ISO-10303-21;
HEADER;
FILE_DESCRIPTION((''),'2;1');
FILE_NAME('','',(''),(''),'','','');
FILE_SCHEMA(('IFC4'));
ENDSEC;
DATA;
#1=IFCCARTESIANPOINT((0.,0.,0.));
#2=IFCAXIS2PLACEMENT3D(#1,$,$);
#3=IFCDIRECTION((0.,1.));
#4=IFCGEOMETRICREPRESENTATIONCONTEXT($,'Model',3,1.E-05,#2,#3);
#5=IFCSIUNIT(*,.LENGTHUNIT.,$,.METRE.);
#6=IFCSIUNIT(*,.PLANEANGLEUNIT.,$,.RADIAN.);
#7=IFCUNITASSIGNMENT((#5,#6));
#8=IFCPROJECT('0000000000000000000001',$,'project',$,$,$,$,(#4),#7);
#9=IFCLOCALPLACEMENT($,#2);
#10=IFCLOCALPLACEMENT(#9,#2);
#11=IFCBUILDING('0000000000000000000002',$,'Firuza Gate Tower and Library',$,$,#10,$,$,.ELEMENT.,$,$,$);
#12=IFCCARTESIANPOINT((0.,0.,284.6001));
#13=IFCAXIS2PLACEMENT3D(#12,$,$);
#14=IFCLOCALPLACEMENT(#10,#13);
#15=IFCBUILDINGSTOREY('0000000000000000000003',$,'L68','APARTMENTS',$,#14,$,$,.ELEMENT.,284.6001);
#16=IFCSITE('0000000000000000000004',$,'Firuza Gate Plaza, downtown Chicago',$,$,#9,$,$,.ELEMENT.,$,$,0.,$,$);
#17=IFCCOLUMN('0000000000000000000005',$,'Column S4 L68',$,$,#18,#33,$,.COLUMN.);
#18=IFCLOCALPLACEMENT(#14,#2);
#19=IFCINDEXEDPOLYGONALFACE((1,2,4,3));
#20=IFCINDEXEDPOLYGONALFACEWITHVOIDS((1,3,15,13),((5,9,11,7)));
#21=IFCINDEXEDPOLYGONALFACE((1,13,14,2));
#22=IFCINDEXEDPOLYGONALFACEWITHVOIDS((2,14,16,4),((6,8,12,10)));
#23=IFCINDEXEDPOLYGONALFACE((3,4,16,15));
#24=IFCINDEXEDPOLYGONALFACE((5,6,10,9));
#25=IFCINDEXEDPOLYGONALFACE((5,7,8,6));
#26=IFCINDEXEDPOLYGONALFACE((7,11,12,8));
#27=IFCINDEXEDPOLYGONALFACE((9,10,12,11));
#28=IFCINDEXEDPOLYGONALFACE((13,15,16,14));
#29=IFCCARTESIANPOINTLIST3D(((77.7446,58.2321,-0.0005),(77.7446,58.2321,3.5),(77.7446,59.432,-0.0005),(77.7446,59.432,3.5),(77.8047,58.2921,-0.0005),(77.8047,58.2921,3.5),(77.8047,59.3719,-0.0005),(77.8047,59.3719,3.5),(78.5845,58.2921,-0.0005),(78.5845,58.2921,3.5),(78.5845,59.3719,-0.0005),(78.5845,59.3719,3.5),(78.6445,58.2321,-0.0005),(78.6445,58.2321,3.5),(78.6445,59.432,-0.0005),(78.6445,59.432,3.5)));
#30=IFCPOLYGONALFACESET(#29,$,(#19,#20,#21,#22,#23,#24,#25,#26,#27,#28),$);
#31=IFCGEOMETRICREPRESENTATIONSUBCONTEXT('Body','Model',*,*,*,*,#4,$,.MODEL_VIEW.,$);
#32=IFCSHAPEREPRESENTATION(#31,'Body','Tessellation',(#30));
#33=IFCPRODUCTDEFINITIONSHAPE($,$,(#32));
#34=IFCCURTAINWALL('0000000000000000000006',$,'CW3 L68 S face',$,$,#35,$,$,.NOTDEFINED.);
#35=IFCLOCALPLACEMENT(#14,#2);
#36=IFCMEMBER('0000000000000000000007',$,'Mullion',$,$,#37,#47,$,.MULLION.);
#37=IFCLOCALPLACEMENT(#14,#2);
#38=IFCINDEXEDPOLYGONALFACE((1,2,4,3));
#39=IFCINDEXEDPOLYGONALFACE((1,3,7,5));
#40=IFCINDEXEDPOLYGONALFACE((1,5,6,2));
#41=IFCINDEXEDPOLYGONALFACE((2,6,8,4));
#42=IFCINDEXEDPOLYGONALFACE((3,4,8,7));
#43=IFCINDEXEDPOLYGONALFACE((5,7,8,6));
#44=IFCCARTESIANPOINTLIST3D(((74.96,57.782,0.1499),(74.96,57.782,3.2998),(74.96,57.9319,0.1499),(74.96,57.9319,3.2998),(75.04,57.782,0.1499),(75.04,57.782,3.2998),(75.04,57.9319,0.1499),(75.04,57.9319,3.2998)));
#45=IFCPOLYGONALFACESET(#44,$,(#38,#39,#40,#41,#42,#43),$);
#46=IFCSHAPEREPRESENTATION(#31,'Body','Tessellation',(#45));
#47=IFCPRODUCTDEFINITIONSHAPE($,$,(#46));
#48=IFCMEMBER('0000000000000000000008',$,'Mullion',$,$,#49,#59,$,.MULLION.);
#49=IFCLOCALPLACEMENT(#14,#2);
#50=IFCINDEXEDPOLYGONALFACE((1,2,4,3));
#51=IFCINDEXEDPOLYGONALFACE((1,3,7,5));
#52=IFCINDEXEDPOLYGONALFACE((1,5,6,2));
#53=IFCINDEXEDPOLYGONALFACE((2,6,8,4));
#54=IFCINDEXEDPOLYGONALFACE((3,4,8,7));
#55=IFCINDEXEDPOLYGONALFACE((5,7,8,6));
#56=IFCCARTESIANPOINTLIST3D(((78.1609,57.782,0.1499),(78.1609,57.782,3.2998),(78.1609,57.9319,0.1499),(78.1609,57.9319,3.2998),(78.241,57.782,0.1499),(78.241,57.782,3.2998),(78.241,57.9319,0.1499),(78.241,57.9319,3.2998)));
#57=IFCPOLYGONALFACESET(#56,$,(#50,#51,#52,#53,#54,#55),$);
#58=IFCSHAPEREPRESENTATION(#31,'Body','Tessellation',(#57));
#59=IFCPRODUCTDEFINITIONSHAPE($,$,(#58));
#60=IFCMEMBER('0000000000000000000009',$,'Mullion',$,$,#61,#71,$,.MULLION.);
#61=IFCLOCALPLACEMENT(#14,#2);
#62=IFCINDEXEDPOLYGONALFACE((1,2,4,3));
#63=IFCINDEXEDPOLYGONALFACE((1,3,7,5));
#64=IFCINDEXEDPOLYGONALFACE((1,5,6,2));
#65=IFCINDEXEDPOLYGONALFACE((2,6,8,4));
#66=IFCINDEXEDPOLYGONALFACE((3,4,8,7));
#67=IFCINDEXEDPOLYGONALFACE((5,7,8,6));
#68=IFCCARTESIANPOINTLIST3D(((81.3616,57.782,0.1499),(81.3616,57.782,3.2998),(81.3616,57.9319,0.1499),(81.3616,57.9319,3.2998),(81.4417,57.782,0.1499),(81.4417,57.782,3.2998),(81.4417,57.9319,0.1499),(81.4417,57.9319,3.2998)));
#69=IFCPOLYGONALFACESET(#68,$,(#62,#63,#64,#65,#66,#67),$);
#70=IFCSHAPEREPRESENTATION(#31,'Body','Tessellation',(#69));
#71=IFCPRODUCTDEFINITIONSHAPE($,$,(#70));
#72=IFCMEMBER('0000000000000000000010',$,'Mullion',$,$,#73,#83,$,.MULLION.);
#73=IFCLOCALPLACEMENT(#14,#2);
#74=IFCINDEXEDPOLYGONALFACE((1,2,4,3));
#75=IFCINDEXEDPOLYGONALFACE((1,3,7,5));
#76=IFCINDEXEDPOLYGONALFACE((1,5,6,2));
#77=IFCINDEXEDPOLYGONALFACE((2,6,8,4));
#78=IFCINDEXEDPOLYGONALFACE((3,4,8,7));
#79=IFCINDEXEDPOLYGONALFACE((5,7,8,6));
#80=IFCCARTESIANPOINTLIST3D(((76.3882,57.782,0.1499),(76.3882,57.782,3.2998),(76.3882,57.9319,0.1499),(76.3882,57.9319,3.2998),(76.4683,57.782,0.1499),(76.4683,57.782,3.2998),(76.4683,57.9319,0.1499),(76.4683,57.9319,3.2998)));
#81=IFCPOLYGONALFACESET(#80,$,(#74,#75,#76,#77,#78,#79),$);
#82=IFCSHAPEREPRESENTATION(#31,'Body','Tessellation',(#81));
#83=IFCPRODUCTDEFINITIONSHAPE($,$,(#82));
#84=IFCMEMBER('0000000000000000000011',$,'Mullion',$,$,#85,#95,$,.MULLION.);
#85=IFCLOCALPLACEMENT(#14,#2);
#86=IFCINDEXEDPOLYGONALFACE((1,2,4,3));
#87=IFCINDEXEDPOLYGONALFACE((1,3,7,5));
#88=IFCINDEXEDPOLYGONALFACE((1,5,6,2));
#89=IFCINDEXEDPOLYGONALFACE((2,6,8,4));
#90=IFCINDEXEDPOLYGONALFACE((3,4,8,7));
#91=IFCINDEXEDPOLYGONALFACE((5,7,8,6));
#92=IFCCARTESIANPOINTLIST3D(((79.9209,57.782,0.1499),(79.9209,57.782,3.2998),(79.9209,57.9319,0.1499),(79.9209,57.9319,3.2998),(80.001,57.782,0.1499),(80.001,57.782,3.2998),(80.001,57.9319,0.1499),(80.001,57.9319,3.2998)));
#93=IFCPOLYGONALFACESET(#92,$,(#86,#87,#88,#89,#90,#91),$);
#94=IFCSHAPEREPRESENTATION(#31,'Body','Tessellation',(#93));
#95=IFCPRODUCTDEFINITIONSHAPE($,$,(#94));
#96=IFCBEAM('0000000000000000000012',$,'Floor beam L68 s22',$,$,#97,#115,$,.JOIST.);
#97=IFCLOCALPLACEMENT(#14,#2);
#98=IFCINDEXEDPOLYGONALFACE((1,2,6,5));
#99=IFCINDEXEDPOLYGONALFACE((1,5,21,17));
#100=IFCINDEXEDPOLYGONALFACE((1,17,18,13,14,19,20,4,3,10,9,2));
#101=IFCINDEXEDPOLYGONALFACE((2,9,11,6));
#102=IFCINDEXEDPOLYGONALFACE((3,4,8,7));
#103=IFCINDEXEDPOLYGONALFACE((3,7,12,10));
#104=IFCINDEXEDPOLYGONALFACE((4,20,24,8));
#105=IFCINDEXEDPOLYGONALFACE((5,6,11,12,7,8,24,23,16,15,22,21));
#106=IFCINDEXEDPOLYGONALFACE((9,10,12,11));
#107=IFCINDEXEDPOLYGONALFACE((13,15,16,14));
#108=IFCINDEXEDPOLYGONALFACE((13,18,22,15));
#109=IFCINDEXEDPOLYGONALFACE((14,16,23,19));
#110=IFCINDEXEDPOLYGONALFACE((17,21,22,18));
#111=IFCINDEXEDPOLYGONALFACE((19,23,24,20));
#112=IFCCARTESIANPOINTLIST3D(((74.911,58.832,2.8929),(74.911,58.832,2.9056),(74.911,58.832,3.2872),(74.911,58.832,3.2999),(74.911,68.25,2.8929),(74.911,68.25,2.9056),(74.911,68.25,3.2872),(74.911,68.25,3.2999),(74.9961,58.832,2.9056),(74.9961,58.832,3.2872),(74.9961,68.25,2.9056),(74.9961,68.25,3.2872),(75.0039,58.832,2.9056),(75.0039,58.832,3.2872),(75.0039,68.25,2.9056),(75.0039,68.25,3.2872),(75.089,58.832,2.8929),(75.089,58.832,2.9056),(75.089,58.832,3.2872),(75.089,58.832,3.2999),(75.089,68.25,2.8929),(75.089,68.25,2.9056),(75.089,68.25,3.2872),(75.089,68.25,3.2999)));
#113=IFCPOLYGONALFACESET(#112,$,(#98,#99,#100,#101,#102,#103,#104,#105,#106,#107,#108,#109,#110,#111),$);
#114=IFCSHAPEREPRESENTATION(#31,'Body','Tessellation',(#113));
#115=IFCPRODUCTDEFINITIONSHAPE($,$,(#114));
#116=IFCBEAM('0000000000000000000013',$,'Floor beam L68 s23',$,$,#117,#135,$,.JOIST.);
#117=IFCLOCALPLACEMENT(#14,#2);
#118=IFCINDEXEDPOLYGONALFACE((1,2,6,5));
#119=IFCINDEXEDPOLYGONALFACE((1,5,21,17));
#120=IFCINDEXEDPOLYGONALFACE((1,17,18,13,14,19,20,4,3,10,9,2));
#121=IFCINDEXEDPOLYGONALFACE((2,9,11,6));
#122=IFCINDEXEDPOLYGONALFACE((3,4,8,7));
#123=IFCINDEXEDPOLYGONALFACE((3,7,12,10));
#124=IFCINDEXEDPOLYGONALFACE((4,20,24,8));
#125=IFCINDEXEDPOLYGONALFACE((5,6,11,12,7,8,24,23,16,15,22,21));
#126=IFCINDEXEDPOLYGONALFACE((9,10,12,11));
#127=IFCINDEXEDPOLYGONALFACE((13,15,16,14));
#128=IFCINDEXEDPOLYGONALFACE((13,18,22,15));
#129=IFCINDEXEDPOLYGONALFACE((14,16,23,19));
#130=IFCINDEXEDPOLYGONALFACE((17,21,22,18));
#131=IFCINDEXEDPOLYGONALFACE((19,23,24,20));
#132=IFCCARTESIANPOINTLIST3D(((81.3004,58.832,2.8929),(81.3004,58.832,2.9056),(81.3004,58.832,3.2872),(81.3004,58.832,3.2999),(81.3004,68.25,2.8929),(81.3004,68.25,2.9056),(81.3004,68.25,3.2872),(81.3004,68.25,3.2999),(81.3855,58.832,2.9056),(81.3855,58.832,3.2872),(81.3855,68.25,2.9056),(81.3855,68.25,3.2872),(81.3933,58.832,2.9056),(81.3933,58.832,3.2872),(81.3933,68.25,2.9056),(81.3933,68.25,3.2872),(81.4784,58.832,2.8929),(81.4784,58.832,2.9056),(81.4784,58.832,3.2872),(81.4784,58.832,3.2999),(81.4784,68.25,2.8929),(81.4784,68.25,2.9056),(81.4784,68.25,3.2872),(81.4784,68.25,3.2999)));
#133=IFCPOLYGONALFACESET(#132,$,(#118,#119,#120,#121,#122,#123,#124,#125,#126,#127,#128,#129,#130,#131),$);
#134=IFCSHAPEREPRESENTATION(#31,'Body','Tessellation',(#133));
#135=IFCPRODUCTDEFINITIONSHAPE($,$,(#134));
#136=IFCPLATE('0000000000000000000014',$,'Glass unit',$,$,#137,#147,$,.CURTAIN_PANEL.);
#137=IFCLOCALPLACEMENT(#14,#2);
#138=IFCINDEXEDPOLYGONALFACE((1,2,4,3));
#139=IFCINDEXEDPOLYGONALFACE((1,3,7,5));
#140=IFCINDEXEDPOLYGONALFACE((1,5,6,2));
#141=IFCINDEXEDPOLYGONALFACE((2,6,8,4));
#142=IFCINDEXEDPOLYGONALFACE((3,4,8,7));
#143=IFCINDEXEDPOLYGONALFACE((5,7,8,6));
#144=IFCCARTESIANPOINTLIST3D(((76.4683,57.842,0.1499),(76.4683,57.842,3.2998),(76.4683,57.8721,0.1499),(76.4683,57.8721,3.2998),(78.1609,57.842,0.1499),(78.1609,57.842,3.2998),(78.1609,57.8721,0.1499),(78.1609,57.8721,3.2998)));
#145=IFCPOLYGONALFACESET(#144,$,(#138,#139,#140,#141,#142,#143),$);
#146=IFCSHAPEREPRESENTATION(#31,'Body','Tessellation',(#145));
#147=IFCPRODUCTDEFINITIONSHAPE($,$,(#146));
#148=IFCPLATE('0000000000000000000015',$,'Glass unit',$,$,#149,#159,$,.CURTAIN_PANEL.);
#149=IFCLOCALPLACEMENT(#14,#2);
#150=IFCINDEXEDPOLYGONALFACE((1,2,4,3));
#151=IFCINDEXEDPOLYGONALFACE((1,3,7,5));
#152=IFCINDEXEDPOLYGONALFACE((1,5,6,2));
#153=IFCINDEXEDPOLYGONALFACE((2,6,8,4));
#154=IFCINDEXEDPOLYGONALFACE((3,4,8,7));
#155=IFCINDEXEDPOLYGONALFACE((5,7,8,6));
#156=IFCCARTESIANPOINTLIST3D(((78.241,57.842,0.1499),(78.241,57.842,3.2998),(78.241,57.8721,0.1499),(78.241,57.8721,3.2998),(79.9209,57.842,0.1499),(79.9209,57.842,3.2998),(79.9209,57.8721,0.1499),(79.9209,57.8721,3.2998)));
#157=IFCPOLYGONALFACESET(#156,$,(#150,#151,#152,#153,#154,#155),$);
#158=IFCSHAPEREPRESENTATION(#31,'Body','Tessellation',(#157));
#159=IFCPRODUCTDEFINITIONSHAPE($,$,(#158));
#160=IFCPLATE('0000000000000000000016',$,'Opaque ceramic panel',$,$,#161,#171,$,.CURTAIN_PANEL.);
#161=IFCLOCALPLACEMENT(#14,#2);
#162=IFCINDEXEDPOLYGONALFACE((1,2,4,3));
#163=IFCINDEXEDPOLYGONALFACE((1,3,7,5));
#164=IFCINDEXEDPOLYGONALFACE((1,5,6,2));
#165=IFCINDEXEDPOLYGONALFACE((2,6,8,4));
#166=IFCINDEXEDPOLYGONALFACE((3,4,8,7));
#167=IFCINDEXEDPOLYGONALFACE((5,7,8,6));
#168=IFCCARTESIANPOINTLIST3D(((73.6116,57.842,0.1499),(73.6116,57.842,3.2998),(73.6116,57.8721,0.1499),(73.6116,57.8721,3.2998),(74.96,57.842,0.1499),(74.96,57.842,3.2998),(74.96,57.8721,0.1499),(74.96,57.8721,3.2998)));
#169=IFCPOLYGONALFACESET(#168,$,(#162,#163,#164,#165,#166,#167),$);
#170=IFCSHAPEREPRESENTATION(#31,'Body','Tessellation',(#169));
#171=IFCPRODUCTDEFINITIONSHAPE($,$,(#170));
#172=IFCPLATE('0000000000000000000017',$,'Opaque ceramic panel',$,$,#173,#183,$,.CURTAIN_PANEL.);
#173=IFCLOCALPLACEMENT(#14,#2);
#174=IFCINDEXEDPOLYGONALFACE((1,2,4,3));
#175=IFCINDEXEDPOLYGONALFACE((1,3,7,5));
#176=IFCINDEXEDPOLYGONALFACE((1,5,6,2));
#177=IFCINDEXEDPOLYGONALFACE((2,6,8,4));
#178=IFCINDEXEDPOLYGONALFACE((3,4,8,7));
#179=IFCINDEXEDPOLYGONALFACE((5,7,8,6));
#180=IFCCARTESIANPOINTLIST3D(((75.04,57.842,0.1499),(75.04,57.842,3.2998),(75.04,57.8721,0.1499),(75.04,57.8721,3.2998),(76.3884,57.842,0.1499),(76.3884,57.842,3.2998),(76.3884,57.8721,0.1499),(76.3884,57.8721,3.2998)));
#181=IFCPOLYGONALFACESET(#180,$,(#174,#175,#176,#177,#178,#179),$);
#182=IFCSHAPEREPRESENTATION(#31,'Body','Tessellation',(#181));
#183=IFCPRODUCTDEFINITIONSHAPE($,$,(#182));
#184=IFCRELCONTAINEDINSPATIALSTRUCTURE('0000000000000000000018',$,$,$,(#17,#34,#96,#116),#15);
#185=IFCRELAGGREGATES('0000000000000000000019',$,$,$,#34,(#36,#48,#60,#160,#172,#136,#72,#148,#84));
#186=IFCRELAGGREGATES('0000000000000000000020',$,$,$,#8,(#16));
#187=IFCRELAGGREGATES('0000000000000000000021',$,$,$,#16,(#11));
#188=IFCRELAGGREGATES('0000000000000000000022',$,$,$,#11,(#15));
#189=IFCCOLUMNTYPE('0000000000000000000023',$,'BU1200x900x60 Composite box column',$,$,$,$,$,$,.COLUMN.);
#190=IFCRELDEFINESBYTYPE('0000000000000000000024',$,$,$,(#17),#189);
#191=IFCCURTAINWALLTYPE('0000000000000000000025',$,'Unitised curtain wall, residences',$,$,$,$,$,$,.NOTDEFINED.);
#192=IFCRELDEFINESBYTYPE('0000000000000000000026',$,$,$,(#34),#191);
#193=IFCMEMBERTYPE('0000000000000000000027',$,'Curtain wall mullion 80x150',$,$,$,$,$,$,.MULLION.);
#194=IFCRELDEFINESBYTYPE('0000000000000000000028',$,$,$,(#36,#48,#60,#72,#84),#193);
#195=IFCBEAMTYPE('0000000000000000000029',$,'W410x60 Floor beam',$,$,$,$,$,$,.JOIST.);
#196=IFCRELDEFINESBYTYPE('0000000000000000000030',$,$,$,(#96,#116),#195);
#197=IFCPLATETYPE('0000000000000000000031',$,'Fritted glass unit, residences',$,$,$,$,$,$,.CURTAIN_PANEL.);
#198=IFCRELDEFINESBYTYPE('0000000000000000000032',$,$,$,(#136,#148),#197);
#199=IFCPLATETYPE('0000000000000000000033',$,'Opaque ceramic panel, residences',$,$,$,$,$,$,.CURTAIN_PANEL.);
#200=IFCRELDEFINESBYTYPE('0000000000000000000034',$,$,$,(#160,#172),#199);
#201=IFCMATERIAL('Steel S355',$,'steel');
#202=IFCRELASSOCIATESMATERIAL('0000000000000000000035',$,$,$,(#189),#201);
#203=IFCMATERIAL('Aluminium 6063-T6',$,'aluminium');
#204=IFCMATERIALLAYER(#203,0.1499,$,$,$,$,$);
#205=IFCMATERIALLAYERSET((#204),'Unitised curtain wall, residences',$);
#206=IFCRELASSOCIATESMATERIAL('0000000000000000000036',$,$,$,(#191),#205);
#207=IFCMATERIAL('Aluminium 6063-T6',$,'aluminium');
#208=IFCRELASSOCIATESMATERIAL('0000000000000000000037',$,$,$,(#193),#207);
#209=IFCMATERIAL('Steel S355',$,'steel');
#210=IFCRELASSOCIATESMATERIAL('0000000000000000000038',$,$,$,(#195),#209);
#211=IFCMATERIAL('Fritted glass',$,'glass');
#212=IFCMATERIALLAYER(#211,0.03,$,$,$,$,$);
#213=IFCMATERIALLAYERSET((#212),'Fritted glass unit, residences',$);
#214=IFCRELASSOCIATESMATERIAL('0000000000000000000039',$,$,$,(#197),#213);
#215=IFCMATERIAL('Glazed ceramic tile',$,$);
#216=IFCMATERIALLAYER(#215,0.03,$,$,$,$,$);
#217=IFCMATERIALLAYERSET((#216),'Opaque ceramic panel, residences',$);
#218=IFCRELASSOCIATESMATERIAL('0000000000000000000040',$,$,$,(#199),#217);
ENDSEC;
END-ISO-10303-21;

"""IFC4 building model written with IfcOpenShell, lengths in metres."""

from ifc_helpers import new_model, si_unit, direction, frame, origin, origin_2d, place, context, subcontext, project, spatial, polyline, rectangle, hollow_rectangle, i_section, outline, extrude, material, layer, layer_set, material_profile, profile_set, type_object, element, aggregate, save


model = new_model("IFC4")

# Units and contexts
model_context = context("Model", 3, precision=1e-05, world=origin(), true_north=direction((0.0, 1.0)))
body_context = subcontext(model_context, "Body", "Model", "MODEL_VIEW")
ifc_project = project(units=[si_unit("LENGTHUNIT", "METRE"), si_unit("PLANEANGLEUNIT", "RADIAN")], contexts=[model_context])

# Site, building, storey
site_placement = place(None, origin())
site = spatial("IfcSite", under=ifc_project, at=site_placement, Name="Firuza Gate Plaza, downtown Chicago", CompositionType="ELEMENT", RefElevation=0.0)
building_placement = place(site_placement, origin())
building = spatial("IfcBuilding", under=site, at=building_placement, Name="Firuza Gate Tower and Library", CompositionType="ELEMENT")
storey_placement = place(building_placement, frame((0.0, 0.0, 284.6001)))
storey = spatial("IfcBuildingStorey", under=building, at=storey_placement, Name="L68", Description="APARTMENTS", CompositionType="ELEMENT", Elevation=284.6001)

# Column
ifc_material_1 = material(Name="Steel S355", Category="steel")
ifc_material_profile_1 = material_profile(ifc_material_1, hollow_rectangle(XDim=0.8999, YDim=1.2, WallThickness=0.0601, at=origin_2d()))
ifc_profile_set_1 = profile_set([ifc_material_profile_1], Name="Steel S355")
column_type = type_object("IfcColumnType", Name="BU1200x900x60 Composite box column", PredefinedType="COLUMN", material=ifc_profile_set_1)
column_placement = place(storey_placement, frame((78.1946, 58.832, -0.0005), z_axis=(0.0, 0.0, 1.0), x_axis=(1.0, 0.0, 0.0)))
element("IfcColumn", 1, at=column_placement, inside=storey, type_object=column_type, Name="Column S4 L68", PredefinedType="COLUMN", context=body_context, shape_type="SweptSolid", body=[
    extrude(hollow_rectangle(XDim=0.8999, YDim=1.2, WallThickness=0.0601, at=origin_2d()), origin(), (0.0, 0.0, 1.0), 3.5005),
])

# Curtain wall, members
ifc_material_2 = material(Name="Aluminium 6063-T6", Category="aluminium")
ifc_layer_1 = layer(ifc_material_2, 0.1499)
ifc_layer_set_1 = layer_set([ifc_layer_1], Name="Unitised curtain wall, residences")
curtain_wall_type = type_object("IfcCurtainWallType", Name="Unitised curtain wall, residences", PredefinedType="NOTDEFINED", material=ifc_layer_set_1)
curtain_wall_placement = place(storey_placement, origin())
curtain_wall = element("IfcCurtainWall", 2, at=curtain_wall_placement, inside=storey, type_object=curtain_wall_type, Name="CW3 L68 S face", PredefinedType="NOTDEFINED")
ifc_material_3 = material(Name="Aluminium 6063-T6", Category="aluminium")
ifc_material_profile_2 = material_profile(ifc_material_3, rectangle(XDim=0.1499, YDim=0.0801, at=origin_2d()))
ifc_profile_set_2 = profile_set([ifc_material_profile_2], Name="Aluminium 6063-T6")
member_type = type_object("IfcMemberType", Name="Curtain wall mullion 80x150", PredefinedType="MULLION", material=ifc_profile_set_2)
member_1_placement = place(storey_placement, frame((75.0, 57.8569, 0.1499), z_axis=(0.0, 0.0, 1.0), x_axis=(0.0, 1.0, 0.0)))
member_1 = element("IfcMember", 3, at=member_1_placement, type_object=member_type, Name="Mullion", PredefinedType="MULLION", context=body_context, shape_type="SweptSolid", body=[
    extrude(rectangle(XDim=0.1499, YDim=0.0801, at=origin_2d()), origin(), (0.0, 0.0, 1.0), 3.1499),
])
member_2_placement = place(storey_placement, frame((78.2009, 57.8569, 0.1499), z_axis=(0.0, 0.0, 1.0), x_axis=(0.0, 1.0, 0.0)))
member_2 = element("IfcMember", 4, at=member_2_placement, type_object=member_type, Name="Mullion", PredefinedType="MULLION", context=body_context, shape_type="SweptSolid", body=[
    extrude(rectangle(XDim=0.1499, YDim=0.0801, at=origin_2d()), origin(), (0.0, 0.0, 1.0), 3.1499),
])
member_3_placement = place(storey_placement, frame((81.4016, 57.8569, 0.1499), z_axis=(0.0, 0.0, 1.0), x_axis=(0.0, 1.0, 0.0)))
member_3 = element("IfcMember", 5, at=member_3_placement, type_object=member_type, Name="Mullion", PredefinedType="MULLION", context=body_context, shape_type="SweptSolid", body=[
    extrude(rectangle(XDim=0.1499, YDim=0.0801, at=origin_2d()), origin(), (0.0, 0.0, 1.0), 3.1499),
])
member_4_placement = place(storey_placement, frame((76.4282, 57.8569, 0.1499), z_axis=(0.0, 0.0, 1.0), x_axis=(0.0, 1.0, 0.0)))
member_4 = element("IfcMember", 6, at=member_4_placement, type_object=member_type, Name="Mullion", PredefinedType="MULLION", context=body_context, shape_type="SweptSolid", body=[
    extrude(rectangle(XDim=0.1499, YDim=0.0801, at=origin_2d()), origin(), (0.0, 0.0, 1.0), 3.1499),
])
member_5_placement = place(storey_placement, frame((79.9609, 57.8569, 0.1499), z_axis=(0.0, 0.0, 1.0), x_axis=(0.0, 1.0, 0.0)))
member_5 = element("IfcMember", 7, at=member_5_placement, type_object=member_type, Name="Mullion", PredefinedType="MULLION", context=body_context, shape_type="SweptSolid", body=[
    extrude(rectangle(XDim=0.1499, YDim=0.0801, at=origin_2d()), origin(), (0.0, 0.0, 1.0), 3.1499),
])

# Beams
ifc_material_4 = material(Name="Steel S355", Category="steel")
ifc_material_profile_3 = material_profile(ifc_material_4, i_section(OverallWidth=0.178, OverallDepth=0.407, WebThickness=0.0078, FlangeThickness=0.0127, at=origin_2d()))
ifc_profile_set_3 = profile_set([ifc_material_profile_3], Name="Steel S355")
beam_type = type_object("IfcBeamType", Name="W410x60 Floor beam", PredefinedType="JOIST", material=ifc_profile_set_3)
for number, where, z_axis, x_axis, name in (
    (8, (75.0, 58.832, 3.0964), (0.0, 1.0, 0.0), (-1.0, 0.0, 0.0), "Floor beam L68 s22"),
    (9, (81.3894, 58.832, 3.0964), (0.0, 1.0, 0.0), (-1.0, 0.0, 0.0), "Floor beam L68 s23"),
):
    element("IfcBeam", number, at=place(storey_placement, frame(where, z_axis=z_axis, x_axis=x_axis)), inside=storey, type_object=beam_type, Name=name, PredefinedType="JOIST", context=body_context, shape_type="SweptSolid", body=[
        extrude(i_section(OverallWidth=0.178, OverallDepth=0.407, WebThickness=0.0078, FlangeThickness=0.0127, at=origin_2d()), origin(), (0.0, 0.0, 1.0), 9.418),
    ])

# Plates
ifc_material_5 = material(Name="Fritted glass", Category="glass")
ifc_layer_2 = layer(ifc_material_5, 0.03)
ifc_layer_set_2 = layer_set([ifc_layer_2], Name="Fritted glass unit, residences")
plate_type_1 = type_object("IfcPlateType", Name="Fritted glass unit, residences", PredefinedType="CURTAIN_PANEL", material=ifc_layer_set_2)
plate_1_placement = place(storey_placement, frame((76.4683, 57.842, 0.1499), z_axis=(0.0, -1.0, 0.0), x_axis=(1.0, 0.0, 0.0)))
plate_1 = element("IfcPlate", 10, at=plate_1_placement, type_object=plate_type_1, Name="Glass unit", PredefinedType="CURTAIN_PANEL", context=body_context, shape_type="SweptSolid", body=[
    extrude(outline(polyline([(0.0, 0.0), (1.6926, 0.0), (1.6926, 3.1499), (0.0, 3.1499), (0.0, 0.0)])), origin(), (0.0, 0.0, -1.0), 0.03),
])
plate_2_placement = place(storey_placement, frame((78.241, 57.842, 0.1499), z_axis=(0.0, -1.0, 0.0), x_axis=(1.0, 0.0, 0.0)))
plate_2 = element("IfcPlate", 11, at=plate_2_placement, type_object=plate_type_1, Name="Glass unit", PredefinedType="CURTAIN_PANEL", context=body_context, shape_type="SweptSolid", body=[
    extrude(outline(polyline([(0.0, 0.0), (1.6799, 0.0), (1.6799, 3.1499), (0.0, 3.1499), (0.0, 0.0)])), origin(), (0.0, 0.0, -1.0), 0.03),
])
ifc_material_6 = material(Name="Glazed ceramic tile")
ifc_layer_3 = layer(ifc_material_6, 0.03)
ifc_layer_set_3 = layer_set([ifc_layer_3], Name="Opaque ceramic panel, residences")
plate_type_2 = type_object("IfcPlateType", Name="Opaque ceramic panel, residences", PredefinedType="CURTAIN_PANEL", material=ifc_layer_set_3)
plate_3_placement = place(storey_placement, frame((73.6116, 57.842, 0.1499), z_axis=(0.0, -1.0, 0.0), x_axis=(1.0, 0.0, 0.0)))
plate_3 = element("IfcPlate", 12, at=plate_3_placement, type_object=plate_type_2, Name="Opaque ceramic panel", PredefinedType="CURTAIN_PANEL", context=body_context, shape_type="SweptSolid", body=[
    extrude(outline(polyline([(0.0, 0.0), (1.3484, 0.0), (1.3484, 3.1499), (0.0, 3.1499), (0.0, 0.0)])), origin(), (0.0, 0.0, -1.0), 0.03),
])
plate_4_placement = place(storey_placement, frame((75.04, 57.842, 0.1499), z_axis=(0.0, -1.0, 0.0), x_axis=(1.0, 0.0, 0.0)))
plate_4 = element("IfcPlate", 13, at=plate_4_placement, type_object=plate_type_2, Name="Opaque ceramic panel", PredefinedType="CURTAIN_PANEL", context=body_context, shape_type="SweptSolid", body=[
    extrude(outline(polyline([(0.0, 0.0), (1.3484, 0.0), (1.3484, 3.1499), (0.0, 3.1499), (0.0, 0.0)])), origin(), (0.0, 0.0, -1.0), 0.03),
])
aggregate(curtain_wall, [member_1, member_2, member_3, plate_3, plate_4, plate_1, member_4, plate_2, member_5])

save(model, "model.ifc")
